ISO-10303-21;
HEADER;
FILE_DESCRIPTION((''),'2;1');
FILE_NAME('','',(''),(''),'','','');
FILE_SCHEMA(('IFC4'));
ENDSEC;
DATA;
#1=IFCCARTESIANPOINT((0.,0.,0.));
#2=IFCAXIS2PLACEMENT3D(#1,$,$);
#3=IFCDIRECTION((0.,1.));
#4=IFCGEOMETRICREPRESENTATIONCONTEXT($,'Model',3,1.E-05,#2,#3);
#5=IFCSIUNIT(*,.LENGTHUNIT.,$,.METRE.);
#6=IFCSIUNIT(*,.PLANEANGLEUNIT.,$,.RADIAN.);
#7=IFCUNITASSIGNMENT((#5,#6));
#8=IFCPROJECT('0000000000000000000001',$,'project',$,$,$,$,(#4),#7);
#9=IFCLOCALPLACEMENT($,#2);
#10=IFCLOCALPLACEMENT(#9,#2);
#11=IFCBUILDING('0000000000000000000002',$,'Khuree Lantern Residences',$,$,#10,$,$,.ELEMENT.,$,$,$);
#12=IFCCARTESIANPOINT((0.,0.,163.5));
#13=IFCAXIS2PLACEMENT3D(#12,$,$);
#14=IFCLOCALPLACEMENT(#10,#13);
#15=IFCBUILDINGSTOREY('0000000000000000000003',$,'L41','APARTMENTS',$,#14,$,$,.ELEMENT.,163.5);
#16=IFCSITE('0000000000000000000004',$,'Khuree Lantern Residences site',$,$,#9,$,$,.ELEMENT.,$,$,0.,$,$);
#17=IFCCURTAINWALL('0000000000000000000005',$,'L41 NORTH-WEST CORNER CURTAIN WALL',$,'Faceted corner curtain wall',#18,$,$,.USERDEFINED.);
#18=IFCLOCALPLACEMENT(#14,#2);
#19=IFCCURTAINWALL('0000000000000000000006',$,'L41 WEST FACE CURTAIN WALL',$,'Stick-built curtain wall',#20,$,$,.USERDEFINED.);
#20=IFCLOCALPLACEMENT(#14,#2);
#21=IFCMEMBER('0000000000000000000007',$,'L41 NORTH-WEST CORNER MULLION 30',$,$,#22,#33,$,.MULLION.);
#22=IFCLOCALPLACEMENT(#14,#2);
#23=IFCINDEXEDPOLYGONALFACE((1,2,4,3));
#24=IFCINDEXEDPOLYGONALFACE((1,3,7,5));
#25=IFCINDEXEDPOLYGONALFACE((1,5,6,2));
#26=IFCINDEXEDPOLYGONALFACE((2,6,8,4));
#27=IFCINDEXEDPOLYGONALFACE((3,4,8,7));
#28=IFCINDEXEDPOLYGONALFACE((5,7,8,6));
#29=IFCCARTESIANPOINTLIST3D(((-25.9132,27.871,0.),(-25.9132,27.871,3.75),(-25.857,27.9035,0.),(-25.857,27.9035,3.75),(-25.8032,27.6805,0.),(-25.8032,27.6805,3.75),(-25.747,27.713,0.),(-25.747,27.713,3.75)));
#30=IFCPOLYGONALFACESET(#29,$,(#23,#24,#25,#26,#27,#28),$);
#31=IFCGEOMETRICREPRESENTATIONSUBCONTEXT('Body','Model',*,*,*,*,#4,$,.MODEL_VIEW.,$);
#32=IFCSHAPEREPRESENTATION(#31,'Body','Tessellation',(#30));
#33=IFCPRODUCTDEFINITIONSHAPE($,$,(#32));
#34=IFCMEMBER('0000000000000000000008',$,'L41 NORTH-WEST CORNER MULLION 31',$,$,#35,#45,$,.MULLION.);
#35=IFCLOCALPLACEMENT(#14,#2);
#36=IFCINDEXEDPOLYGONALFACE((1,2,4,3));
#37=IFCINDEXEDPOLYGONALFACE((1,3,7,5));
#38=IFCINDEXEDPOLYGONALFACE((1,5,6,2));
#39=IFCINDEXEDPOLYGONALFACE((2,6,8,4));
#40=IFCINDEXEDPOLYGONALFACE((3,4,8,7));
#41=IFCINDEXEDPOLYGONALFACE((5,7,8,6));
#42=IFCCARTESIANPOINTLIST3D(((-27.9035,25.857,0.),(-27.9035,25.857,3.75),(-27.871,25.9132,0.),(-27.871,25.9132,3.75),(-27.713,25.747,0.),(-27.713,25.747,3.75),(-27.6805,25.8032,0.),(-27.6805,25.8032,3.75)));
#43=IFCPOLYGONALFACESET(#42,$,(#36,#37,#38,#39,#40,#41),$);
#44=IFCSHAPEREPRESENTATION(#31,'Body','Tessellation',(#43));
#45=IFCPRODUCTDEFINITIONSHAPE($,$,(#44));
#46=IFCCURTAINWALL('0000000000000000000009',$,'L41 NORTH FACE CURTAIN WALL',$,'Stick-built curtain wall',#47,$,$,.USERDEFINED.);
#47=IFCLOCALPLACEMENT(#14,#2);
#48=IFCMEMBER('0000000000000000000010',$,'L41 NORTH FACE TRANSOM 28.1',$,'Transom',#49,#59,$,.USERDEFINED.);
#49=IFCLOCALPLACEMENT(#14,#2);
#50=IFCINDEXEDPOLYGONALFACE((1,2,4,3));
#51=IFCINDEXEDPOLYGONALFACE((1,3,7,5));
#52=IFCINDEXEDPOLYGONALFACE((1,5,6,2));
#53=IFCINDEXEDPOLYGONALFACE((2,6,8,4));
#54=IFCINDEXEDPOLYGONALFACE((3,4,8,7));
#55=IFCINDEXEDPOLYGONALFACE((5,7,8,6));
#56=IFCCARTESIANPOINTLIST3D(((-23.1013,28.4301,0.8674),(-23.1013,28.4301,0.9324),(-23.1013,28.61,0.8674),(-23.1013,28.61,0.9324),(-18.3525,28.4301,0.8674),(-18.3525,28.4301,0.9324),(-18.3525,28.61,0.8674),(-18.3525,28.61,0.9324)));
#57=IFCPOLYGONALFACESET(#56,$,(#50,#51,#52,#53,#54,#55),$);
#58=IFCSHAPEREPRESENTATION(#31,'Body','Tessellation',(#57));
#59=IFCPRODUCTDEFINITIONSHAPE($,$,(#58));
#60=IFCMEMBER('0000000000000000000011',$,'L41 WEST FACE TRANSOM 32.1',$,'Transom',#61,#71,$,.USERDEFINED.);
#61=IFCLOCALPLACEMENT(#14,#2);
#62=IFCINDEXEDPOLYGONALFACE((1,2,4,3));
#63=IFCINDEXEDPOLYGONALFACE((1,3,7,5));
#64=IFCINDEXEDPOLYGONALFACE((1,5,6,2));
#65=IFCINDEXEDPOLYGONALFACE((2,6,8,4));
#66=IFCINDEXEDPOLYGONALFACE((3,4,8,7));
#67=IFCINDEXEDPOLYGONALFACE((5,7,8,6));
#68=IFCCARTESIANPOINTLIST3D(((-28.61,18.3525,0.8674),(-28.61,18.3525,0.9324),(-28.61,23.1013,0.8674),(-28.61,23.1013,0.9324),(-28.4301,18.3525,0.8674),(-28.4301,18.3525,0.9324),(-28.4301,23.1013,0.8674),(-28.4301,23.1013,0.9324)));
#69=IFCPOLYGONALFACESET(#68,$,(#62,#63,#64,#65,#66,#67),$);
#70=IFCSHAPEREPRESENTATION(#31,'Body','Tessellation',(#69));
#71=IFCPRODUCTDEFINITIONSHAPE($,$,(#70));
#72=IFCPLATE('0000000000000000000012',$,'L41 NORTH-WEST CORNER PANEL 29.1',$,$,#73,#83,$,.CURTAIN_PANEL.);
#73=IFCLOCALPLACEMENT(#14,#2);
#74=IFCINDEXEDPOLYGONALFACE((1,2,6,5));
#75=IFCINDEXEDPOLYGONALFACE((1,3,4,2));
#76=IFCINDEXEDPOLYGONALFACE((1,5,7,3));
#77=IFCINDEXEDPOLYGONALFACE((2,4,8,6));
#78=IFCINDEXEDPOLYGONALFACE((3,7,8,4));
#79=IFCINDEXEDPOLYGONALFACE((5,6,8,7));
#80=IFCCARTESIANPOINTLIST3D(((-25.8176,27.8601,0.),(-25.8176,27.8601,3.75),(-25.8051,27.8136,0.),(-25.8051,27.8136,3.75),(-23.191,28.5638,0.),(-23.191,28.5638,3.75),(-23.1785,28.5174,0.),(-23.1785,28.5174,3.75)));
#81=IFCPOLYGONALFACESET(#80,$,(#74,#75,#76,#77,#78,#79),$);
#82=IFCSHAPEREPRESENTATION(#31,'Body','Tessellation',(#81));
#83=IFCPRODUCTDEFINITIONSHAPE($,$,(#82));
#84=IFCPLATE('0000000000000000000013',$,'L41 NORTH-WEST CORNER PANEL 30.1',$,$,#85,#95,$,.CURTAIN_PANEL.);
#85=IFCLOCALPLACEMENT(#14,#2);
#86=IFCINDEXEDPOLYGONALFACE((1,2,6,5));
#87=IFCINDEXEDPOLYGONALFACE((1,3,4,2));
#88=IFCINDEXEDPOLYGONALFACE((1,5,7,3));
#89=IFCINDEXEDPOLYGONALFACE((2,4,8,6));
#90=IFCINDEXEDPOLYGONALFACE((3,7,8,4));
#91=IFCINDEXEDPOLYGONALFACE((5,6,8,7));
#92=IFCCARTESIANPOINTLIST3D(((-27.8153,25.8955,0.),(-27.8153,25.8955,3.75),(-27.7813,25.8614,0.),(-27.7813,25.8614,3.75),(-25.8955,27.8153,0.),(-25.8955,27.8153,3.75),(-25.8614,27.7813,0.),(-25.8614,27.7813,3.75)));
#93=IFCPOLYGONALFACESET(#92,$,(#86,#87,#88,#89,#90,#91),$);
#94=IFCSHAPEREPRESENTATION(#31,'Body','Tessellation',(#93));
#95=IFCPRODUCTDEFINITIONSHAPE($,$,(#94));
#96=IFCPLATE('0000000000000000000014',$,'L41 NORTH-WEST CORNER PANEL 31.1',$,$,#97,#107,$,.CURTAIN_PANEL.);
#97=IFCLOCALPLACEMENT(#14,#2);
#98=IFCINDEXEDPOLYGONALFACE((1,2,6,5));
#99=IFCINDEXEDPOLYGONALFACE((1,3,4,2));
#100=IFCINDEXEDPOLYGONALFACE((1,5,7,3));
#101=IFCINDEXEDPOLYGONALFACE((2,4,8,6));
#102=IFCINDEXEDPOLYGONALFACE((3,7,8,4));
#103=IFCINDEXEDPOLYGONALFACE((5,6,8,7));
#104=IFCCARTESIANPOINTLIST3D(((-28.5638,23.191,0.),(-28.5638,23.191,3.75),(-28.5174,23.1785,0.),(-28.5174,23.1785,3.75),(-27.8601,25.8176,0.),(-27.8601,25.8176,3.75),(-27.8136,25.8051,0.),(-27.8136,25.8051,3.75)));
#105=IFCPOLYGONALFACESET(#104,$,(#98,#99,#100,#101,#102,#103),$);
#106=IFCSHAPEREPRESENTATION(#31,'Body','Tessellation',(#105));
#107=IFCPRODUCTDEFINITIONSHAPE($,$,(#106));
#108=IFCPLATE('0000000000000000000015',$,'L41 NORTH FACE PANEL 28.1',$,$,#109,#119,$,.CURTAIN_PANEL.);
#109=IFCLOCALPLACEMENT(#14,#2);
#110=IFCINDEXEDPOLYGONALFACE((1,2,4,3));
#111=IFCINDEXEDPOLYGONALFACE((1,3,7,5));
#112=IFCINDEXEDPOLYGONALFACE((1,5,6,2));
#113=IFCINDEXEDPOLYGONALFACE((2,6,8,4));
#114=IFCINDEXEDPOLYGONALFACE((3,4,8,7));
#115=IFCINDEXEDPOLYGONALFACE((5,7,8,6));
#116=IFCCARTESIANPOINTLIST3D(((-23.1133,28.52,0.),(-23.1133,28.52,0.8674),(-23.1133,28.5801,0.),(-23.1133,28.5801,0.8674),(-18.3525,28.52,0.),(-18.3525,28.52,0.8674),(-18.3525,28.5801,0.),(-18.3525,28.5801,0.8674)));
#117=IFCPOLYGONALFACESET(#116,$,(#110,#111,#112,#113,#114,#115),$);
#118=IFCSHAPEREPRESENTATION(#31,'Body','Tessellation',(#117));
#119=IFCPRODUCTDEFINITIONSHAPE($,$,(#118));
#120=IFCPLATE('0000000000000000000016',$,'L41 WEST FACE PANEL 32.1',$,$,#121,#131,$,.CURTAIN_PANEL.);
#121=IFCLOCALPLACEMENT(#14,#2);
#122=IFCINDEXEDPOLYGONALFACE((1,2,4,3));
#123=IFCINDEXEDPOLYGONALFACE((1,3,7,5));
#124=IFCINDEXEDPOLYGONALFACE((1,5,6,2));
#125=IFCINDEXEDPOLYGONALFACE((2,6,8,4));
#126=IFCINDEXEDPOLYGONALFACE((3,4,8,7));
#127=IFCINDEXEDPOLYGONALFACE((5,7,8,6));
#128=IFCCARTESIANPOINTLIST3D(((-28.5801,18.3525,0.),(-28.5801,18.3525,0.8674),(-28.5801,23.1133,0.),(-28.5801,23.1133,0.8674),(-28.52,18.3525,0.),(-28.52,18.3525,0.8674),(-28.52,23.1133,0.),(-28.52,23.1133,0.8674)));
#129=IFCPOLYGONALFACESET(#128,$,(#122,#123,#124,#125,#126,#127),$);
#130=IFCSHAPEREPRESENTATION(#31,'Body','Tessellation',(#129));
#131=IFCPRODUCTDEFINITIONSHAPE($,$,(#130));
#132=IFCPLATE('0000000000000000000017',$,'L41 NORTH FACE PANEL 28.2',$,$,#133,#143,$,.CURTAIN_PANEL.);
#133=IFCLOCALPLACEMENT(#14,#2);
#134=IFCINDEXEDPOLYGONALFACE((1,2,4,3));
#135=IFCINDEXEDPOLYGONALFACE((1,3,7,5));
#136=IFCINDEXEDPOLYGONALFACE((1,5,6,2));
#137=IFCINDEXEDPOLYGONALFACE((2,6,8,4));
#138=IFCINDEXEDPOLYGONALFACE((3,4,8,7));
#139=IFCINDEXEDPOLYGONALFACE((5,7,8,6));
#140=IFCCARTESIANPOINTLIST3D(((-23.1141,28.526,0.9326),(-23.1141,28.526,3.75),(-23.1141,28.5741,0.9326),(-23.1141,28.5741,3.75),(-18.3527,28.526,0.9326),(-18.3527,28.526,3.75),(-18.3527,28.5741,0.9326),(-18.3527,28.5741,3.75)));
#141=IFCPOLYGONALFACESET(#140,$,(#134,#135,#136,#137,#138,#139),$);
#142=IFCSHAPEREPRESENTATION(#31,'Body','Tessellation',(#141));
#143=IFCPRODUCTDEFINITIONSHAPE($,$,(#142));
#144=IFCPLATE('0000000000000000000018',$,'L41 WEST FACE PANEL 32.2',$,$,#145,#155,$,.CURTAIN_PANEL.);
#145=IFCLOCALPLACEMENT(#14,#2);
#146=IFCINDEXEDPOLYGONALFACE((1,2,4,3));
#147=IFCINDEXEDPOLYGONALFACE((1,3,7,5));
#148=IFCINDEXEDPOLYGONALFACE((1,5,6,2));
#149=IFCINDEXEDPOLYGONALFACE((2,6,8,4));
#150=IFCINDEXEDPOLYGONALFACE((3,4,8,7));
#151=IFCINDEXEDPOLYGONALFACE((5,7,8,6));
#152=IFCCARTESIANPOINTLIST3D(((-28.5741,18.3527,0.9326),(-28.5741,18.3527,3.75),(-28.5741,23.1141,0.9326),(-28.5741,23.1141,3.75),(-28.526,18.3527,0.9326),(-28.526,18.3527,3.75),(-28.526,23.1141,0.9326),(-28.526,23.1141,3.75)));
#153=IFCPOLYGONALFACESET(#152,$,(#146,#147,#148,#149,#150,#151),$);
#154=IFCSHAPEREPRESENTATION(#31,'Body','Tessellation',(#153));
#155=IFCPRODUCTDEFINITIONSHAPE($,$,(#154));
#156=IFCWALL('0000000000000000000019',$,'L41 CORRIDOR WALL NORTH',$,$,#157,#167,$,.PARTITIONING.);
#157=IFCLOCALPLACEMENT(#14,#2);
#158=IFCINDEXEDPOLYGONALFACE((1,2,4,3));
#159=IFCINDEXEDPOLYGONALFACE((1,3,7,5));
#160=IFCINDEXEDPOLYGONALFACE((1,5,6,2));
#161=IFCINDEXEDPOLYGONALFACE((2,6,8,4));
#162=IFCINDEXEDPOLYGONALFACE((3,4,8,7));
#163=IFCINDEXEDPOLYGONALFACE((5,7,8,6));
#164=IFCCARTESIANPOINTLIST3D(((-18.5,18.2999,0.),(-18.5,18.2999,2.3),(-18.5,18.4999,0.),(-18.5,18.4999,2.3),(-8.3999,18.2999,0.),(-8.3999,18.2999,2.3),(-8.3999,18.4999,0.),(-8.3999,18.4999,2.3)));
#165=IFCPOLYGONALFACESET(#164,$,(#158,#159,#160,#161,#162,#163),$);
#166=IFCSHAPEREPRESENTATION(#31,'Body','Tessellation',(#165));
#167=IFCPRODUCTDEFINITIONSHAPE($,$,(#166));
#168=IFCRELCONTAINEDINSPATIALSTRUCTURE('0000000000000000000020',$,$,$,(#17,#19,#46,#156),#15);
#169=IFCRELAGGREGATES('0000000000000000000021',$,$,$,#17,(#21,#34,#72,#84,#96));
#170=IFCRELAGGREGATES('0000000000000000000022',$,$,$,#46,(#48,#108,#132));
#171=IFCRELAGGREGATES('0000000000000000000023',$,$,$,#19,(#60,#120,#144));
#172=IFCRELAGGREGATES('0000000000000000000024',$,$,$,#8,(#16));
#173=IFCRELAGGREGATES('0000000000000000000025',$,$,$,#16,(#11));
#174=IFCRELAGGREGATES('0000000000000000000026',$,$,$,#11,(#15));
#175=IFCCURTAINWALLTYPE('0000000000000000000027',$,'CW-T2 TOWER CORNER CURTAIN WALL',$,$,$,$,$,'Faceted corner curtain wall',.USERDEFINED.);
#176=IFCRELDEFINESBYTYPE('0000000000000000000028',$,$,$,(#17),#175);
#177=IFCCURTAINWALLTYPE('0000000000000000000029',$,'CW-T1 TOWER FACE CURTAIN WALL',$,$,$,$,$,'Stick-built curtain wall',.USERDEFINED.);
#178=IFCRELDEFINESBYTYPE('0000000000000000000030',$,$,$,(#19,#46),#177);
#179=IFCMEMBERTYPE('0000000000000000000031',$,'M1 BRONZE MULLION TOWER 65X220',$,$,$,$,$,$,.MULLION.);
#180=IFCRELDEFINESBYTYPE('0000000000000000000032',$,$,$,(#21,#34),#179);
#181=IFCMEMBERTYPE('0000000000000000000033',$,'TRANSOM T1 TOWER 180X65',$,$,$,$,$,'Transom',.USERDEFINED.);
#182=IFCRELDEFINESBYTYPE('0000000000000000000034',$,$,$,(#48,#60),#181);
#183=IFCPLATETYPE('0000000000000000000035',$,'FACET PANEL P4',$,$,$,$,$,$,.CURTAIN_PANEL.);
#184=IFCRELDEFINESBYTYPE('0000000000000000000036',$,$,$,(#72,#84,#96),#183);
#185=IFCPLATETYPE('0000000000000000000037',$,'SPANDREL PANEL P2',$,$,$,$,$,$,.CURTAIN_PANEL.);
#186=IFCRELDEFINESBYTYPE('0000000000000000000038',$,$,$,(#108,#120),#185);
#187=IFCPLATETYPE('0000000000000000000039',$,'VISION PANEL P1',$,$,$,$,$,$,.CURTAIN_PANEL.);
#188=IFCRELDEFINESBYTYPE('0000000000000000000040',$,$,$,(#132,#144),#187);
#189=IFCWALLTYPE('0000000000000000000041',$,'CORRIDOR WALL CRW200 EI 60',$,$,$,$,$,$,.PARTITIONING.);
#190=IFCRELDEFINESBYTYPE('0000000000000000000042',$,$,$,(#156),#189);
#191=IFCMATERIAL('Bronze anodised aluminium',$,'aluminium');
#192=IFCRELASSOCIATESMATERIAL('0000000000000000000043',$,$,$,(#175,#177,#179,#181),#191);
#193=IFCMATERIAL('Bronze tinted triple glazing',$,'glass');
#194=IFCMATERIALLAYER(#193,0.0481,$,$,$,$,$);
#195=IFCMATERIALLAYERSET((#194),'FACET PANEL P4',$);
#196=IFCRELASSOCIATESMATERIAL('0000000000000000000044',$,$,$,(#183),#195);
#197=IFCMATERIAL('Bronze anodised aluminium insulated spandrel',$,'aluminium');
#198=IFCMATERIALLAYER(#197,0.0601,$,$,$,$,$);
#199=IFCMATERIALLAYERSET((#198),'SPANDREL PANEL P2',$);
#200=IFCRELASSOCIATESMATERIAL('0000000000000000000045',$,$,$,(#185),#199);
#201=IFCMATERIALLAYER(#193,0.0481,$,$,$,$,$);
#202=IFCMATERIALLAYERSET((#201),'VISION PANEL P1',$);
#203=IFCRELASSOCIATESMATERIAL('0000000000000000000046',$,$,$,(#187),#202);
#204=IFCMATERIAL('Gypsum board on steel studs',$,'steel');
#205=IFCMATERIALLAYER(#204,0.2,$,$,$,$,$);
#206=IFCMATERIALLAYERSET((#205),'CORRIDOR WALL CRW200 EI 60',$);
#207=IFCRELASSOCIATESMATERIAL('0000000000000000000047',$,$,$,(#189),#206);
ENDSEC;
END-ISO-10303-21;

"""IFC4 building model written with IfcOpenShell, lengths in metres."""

from ifc_helpers import new_model, si_unit, direction, frame, frame_2d, origin, origin_2d, place, context, subcontext, project, spatial, rectangle, extrude, material, layer, layer_set, material_profile, profile_set, type_object, element, aggregate, save


model = new_model("IFC4")

# Units and contexts
model_context = context("Model", 3, precision=1e-05, world=origin(), true_north=direction((0.0, 1.0)))
body_context = subcontext(model_context, "Body", "Model", "MODEL_VIEW")
ifc_project = project(units=[si_unit("LENGTHUNIT", "METRE"), si_unit("PLANEANGLEUNIT", "RADIAN")], contexts=[model_context])

# Site, building, storey
site_placement = place(None, origin())
site = spatial("IfcSite", under=ifc_project, at=site_placement, Name="Khuree Lantern Residences site", CompositionType="ELEMENT", RefElevation=0.0)
building_placement = place(site_placement, origin())
building = spatial("IfcBuilding", under=site, at=building_placement, Name="Khuree Lantern Residences", CompositionType="ELEMENT")
storey_placement = place(building_placement, frame((0.0, 0.0, 163.5)))
storey = spatial("IfcBuildingStorey", under=building, at=storey_placement, Name="L41", Description="APARTMENTS", CompositionType="ELEMENT", Elevation=163.5)

# Curtain walls
ifc_material_1 = material(Name="Bronze anodised aluminium", Category="aluminium")
curtain_wall_type_1 = type_object("IfcCurtainWallType", Name="CW-T2 TOWER CORNER CURTAIN WALL", ElementType="Faceted corner curtain wall", PredefinedType="USERDEFINED", material=ifc_material_1)
curtain_wall_1_placement = place(storey_placement, origin())
curtain_wall_1 = element("IfcCurtainWall", 1, at=curtain_wall_1_placement, inside=storey, type_object=curtain_wall_type_1, Name="L41 NORTH-WEST CORNER CURTAIN WALL", ObjectType="Faceted corner curtain wall", PredefinedType="USERDEFINED")
curtain_wall_type_2 = type_object("IfcCurtainWallType", Name="CW-T1 TOWER FACE CURTAIN WALL", ElementType="Stick-built curtain wall", PredefinedType="USERDEFINED", material=ifc_material_1)
curtain_wall_2_placement = place(storey_placement, origin())
curtain_wall_2 = element("IfcCurtainWall", 2, at=curtain_wall_2_placement, inside=storey, type_object=curtain_wall_type_2, Name="L41 WEST FACE CURTAIN WALL", ObjectType="Stick-built curtain wall", PredefinedType="USERDEFINED")

# Members
ifc_material_profile_1 = material_profile(ifc_material_1, rectangle(XDim=0.0649, YDim=0.22, at=origin_2d()), Name="M1 65X220")
ifc_profile_set_1 = profile_set([ifc_material_profile_1], Name="Bronze anodised aluminium")
member_type_1 = type_object("IfcMemberType", Name="M1 BRONZE MULLION TOWER 65X220", PredefinedType="MULLION", material=ifc_profile_set_1)
member_1_placement = place(storey_placement, frame((-25.8301, 27.792, 0.0), z_axis=(0.0, 0.0, 1.0), x_axis=(-0.866025, -0.5, 0.0)))
member_1 = element("IfcMember", 3, at=member_1_placement, type_object=member_type_1, Name="L41 NORTH-WEST CORNER MULLION 30", PredefinedType="MULLION", context=body_context, shape_type="SweptSolid", body=[
    extrude(rectangle(XDim=0.0649, YDim=0.22, at=origin_2d()), origin(), (0.0, 0.0, 1.0), 3.75),
])
member_2_placement = place(storey_placement, frame((-27.792, 25.8301, 0.0), z_axis=(0.0, 0.0, 1.0), x_axis=(-0.5, -0.866025, 0.0)))
member_2 = element("IfcMember", 4, at=member_2_placement, type_object=member_type_1, Name="L41 NORTH-WEST CORNER MULLION 31", PredefinedType="MULLION", context=body_context, shape_type="SweptSolid", body=[
    extrude(rectangle(XDim=0.0649, YDim=0.22, at=origin_2d()), origin(), (0.0, 0.0, 1.0), 3.75),
])

# Curtain wall, member
curtain_wall_3_placement = place(storey_placement, origin())
curtain_wall_3 = element("IfcCurtainWall", 5, at=curtain_wall_3_placement, inside=storey, type_object=curtain_wall_type_2, Name="L41 NORTH FACE CURTAIN WALL", ObjectType="Stick-built curtain wall", PredefinedType="USERDEFINED")
ifc_material_profile_2 = material_profile(ifc_material_1, rectangle(XDim=0.1799, YDim=0.0649, at=origin_2d()), Name="T1 180X65")
ifc_profile_set_2 = profile_set([ifc_material_profile_2], Name="Bronze anodised aluminium")
member_type_2 = type_object("IfcMemberType", Name="TRANSOM T1 TOWER 180X65", ElementType="Transom", PredefinedType="USERDEFINED", material=ifc_profile_set_2)
member_3_placement = place(storey_placement, frame((-18.3525, 28.52, 0.8999), z_axis=(-1.0, 0.0, 0.0), x_axis=(0.0, -1.0, 0.0)))
member_3 = element("IfcMember", 6, at=member_3_placement, type_object=member_type_2, Name="L41 NORTH FACE TRANSOM 28.1", ObjectType="Transom", PredefinedType="USERDEFINED", context=body_context, shape_type="SweptSolid", body=[
    extrude(rectangle(XDim=0.1799, YDim=0.0649, at=origin_2d()), origin(), (0.0, 0.0, 1.0), 4.7488),
])

# Member
member_4_placement = place(storey_placement, frame((-28.52, 23.1013, 0.8999), z_axis=(0.0, -1.0, 0.0), x_axis=(1.0, 0.0, 0.0)))
member_4 = element("IfcMember", 7, at=member_4_placement, type_object=member_type_2, Name="L41 WEST FACE TRANSOM 32.1", ObjectType="Transom", PredefinedType="USERDEFINED", context=body_context, shape_type="SweptSolid", body=[
    extrude(rectangle(XDim=0.1799, YDim=0.0649, at=origin_2d()), origin(), (0.0, 0.0, 1.0), 4.7488),
])

# Plates
ifc_material_2 = material(Name="Bronze tinted triple glazing", Category="glass")
ifc_layer_1 = layer(ifc_material_2, 0.0481)
ifc_layer_set_1 = layer_set([ifc_layer_1], Name="FACET PANEL P4")
plate_type_1 = type_object("IfcPlateType", Name="FACET PANEL P4", PredefinedType="CURTAIN_PANEL", material=ifc_layer_set_1)
plate_1_placement = place(storey_placement, frame((-24.498, 28.1887, 0.0), z_axis=(0.0, 0.0, 1.0), x_axis=(-0.965926, -0.258819, 0.0)))
plate_1 = element("IfcPlate", 8, at=plate_1_placement, type_object=plate_type_1, Name="L41 NORTH-WEST CORNER PANEL 29.1", PredefinedType="CURTAIN_PANEL", context=body_context, shape_type="SweptSolid", body=[
    extrude(rectangle(XDim=2.7192, YDim=0.0481, at=origin_2d()), origin(), (0.0, 0.0, 1.0), 3.75),
])
plate_2_placement = place(storey_placement, frame((-26.8384, 26.8384, 0.0), z_axis=(0.0, 0.0, 1.0), x_axis=(-0.707107, -0.707107, 0.0)))
plate_2 = element("IfcPlate", 9, at=plate_2_placement, type_object=plate_type_1, Name="L41 NORTH-WEST CORNER PANEL 30.1", PredefinedType="CURTAIN_PANEL", context=body_context, shape_type="SweptSolid", body=[
    extrude(rectangle(XDim=2.7151, YDim=0.0481, at=origin_2d()), origin(), (0.0, 0.0, 1.0), 3.75),
])
plate_3_placement = place(storey_placement, frame((-28.1887, 24.498, 0.0), z_axis=(0.0, 0.0, 1.0), x_axis=(-0.258819, -0.965926, 0.0)))
plate_3 = element("IfcPlate", 10, at=plate_3_placement, type_object=plate_type_1, Name="L41 NORTH-WEST CORNER PANEL 31.1", PredefinedType="CURTAIN_PANEL", context=body_context, shape_type="SweptSolid", body=[
    extrude(rectangle(XDim=2.7192, YDim=0.0481, at=origin_2d()), origin(), (0.0, 0.0, 1.0), 3.75),
])
aggregate(curtain_wall_1, [member_1, member_2, plate_1, plate_2, plate_3])
ifc_material_3 = material(Name="Bronze anodised aluminium insulated spandrel", Category="aluminium")
ifc_layer_2 = layer(ifc_material_3, 0.0601)
ifc_layer_set_2 = layer_set([ifc_layer_2], Name="SPANDREL PANEL P2")
plate_type_2 = type_object("IfcPlateType", Name="SPANDREL PANEL P2", PredefinedType="CURTAIN_PANEL", material=ifc_layer_set_2)
plate_4_placement = place(storey_placement, frame((-20.7329, 28.55, 0.0), z_axis=(0.0, 0.0, 1.0), x_axis=(-1.0, 0.0, 0.0)))
plate_4 = element("IfcPlate", 11, at=plate_4_placement, type_object=plate_type_2, Name="L41 NORTH FACE PANEL 28.1", PredefinedType="CURTAIN_PANEL", context=body_context, shape_type="SweptSolid", body=[
    extrude(rectangle(XDim=4.7607, YDim=0.0601, at=origin_2d()), origin(), (0.0, 0.0, 1.0), 0.8674),
])
plate_5_placement = place(storey_placement, frame((-28.55, 20.7329, 0.0), z_axis=(0.0, 0.0, 1.0), x_axis=(0.0, -1.0, 0.0)))
plate_5 = element("IfcPlate", 12, at=plate_5_placement, type_object=plate_type_2, Name="L41 WEST FACE PANEL 32.1", PredefinedType="CURTAIN_PANEL", context=body_context, shape_type="SweptSolid", body=[
    extrude(rectangle(XDim=4.7607, YDim=0.0601, at=origin_2d()), origin(), (0.0, 0.0, 1.0), 0.8674),
])
ifc_layer_3 = layer(ifc_material_2, 0.0481)
ifc_layer_set_3 = layer_set([ifc_layer_3], Name="VISION PANEL P1")
plate_type_3 = type_object("IfcPlateType", Name="VISION PANEL P1", PredefinedType="CURTAIN_PANEL", material=ifc_layer_set_3)
plate_6_placement = place(storey_placement, frame((-20.7334, 28.55, 0.9326), z_axis=(0.0, 0.0, 1.0), x_axis=(-1.0, 0.0, 0.0)))
plate_6 = element("IfcPlate", 13, at=plate_6_placement, type_object=plate_type_3, Name="L41 NORTH FACE PANEL 28.2", PredefinedType="CURTAIN_PANEL", context=body_context, shape_type="SweptSolid", body=[
    extrude(rectangle(XDim=4.7615, YDim=0.0481, at=origin_2d()), origin(), (0.0, 0.0, 1.0), 2.8174),
])
aggregate(curtain_wall_3, [member_3, plate_4, plate_6])
plate_7_placement = place(storey_placement, frame((-28.55, 20.7334, 0.9326), z_axis=(0.0, 0.0, 1.0), x_axis=(0.0, -1.0, 0.0)))
plate_7 = element("IfcPlate", 14, at=plate_7_placement, type_object=plate_type_3, Name="L41 WEST FACE PANEL 32.2", PredefinedType="CURTAIN_PANEL", context=body_context, shape_type="SweptSolid", body=[
    extrude(rectangle(XDim=4.7615, YDim=0.0481, at=origin_2d()), origin(), (0.0, 0.0, 1.0), 2.8174),
])
aggregate(curtain_wall_2, [member_4, plate_5, plate_7])

# Wall
ifc_material_4 = material(Name="Gypsum board on steel studs", Category="steel")
ifc_layer_4 = layer(ifc_material_4, 0.2)
ifc_layer_set_4 = layer_set([ifc_layer_4], Name="CORRIDOR WALL CRW200 EI 60")
wall_type = type_object("IfcWallType", Name="CORRIDOR WALL CRW200 EI 60", PredefinedType="PARTITIONING", material=ifc_layer_set_4)
wall_placement = place(storey_placement, frame((-18.5, 18.3999, 0.0), z_axis=(0.0, 0.0, 1.0), x_axis=(1.0, 0.0, 0.0)))
element("IfcWall", 15, at=wall_placement, inside=storey, type_object=wall_type, Name="L41 CORRIDOR WALL NORTH", PredefinedType="PARTITIONING", context=body_context, shape_type="SweptSolid", body=[
    extrude(rectangle(XDim=10.1001, YDim=0.2, at=frame_2d((5.05, 0.0))), origin(), (0.0, 0.0, 1.0), 2.3),
])

save(model, "model.ifc")
